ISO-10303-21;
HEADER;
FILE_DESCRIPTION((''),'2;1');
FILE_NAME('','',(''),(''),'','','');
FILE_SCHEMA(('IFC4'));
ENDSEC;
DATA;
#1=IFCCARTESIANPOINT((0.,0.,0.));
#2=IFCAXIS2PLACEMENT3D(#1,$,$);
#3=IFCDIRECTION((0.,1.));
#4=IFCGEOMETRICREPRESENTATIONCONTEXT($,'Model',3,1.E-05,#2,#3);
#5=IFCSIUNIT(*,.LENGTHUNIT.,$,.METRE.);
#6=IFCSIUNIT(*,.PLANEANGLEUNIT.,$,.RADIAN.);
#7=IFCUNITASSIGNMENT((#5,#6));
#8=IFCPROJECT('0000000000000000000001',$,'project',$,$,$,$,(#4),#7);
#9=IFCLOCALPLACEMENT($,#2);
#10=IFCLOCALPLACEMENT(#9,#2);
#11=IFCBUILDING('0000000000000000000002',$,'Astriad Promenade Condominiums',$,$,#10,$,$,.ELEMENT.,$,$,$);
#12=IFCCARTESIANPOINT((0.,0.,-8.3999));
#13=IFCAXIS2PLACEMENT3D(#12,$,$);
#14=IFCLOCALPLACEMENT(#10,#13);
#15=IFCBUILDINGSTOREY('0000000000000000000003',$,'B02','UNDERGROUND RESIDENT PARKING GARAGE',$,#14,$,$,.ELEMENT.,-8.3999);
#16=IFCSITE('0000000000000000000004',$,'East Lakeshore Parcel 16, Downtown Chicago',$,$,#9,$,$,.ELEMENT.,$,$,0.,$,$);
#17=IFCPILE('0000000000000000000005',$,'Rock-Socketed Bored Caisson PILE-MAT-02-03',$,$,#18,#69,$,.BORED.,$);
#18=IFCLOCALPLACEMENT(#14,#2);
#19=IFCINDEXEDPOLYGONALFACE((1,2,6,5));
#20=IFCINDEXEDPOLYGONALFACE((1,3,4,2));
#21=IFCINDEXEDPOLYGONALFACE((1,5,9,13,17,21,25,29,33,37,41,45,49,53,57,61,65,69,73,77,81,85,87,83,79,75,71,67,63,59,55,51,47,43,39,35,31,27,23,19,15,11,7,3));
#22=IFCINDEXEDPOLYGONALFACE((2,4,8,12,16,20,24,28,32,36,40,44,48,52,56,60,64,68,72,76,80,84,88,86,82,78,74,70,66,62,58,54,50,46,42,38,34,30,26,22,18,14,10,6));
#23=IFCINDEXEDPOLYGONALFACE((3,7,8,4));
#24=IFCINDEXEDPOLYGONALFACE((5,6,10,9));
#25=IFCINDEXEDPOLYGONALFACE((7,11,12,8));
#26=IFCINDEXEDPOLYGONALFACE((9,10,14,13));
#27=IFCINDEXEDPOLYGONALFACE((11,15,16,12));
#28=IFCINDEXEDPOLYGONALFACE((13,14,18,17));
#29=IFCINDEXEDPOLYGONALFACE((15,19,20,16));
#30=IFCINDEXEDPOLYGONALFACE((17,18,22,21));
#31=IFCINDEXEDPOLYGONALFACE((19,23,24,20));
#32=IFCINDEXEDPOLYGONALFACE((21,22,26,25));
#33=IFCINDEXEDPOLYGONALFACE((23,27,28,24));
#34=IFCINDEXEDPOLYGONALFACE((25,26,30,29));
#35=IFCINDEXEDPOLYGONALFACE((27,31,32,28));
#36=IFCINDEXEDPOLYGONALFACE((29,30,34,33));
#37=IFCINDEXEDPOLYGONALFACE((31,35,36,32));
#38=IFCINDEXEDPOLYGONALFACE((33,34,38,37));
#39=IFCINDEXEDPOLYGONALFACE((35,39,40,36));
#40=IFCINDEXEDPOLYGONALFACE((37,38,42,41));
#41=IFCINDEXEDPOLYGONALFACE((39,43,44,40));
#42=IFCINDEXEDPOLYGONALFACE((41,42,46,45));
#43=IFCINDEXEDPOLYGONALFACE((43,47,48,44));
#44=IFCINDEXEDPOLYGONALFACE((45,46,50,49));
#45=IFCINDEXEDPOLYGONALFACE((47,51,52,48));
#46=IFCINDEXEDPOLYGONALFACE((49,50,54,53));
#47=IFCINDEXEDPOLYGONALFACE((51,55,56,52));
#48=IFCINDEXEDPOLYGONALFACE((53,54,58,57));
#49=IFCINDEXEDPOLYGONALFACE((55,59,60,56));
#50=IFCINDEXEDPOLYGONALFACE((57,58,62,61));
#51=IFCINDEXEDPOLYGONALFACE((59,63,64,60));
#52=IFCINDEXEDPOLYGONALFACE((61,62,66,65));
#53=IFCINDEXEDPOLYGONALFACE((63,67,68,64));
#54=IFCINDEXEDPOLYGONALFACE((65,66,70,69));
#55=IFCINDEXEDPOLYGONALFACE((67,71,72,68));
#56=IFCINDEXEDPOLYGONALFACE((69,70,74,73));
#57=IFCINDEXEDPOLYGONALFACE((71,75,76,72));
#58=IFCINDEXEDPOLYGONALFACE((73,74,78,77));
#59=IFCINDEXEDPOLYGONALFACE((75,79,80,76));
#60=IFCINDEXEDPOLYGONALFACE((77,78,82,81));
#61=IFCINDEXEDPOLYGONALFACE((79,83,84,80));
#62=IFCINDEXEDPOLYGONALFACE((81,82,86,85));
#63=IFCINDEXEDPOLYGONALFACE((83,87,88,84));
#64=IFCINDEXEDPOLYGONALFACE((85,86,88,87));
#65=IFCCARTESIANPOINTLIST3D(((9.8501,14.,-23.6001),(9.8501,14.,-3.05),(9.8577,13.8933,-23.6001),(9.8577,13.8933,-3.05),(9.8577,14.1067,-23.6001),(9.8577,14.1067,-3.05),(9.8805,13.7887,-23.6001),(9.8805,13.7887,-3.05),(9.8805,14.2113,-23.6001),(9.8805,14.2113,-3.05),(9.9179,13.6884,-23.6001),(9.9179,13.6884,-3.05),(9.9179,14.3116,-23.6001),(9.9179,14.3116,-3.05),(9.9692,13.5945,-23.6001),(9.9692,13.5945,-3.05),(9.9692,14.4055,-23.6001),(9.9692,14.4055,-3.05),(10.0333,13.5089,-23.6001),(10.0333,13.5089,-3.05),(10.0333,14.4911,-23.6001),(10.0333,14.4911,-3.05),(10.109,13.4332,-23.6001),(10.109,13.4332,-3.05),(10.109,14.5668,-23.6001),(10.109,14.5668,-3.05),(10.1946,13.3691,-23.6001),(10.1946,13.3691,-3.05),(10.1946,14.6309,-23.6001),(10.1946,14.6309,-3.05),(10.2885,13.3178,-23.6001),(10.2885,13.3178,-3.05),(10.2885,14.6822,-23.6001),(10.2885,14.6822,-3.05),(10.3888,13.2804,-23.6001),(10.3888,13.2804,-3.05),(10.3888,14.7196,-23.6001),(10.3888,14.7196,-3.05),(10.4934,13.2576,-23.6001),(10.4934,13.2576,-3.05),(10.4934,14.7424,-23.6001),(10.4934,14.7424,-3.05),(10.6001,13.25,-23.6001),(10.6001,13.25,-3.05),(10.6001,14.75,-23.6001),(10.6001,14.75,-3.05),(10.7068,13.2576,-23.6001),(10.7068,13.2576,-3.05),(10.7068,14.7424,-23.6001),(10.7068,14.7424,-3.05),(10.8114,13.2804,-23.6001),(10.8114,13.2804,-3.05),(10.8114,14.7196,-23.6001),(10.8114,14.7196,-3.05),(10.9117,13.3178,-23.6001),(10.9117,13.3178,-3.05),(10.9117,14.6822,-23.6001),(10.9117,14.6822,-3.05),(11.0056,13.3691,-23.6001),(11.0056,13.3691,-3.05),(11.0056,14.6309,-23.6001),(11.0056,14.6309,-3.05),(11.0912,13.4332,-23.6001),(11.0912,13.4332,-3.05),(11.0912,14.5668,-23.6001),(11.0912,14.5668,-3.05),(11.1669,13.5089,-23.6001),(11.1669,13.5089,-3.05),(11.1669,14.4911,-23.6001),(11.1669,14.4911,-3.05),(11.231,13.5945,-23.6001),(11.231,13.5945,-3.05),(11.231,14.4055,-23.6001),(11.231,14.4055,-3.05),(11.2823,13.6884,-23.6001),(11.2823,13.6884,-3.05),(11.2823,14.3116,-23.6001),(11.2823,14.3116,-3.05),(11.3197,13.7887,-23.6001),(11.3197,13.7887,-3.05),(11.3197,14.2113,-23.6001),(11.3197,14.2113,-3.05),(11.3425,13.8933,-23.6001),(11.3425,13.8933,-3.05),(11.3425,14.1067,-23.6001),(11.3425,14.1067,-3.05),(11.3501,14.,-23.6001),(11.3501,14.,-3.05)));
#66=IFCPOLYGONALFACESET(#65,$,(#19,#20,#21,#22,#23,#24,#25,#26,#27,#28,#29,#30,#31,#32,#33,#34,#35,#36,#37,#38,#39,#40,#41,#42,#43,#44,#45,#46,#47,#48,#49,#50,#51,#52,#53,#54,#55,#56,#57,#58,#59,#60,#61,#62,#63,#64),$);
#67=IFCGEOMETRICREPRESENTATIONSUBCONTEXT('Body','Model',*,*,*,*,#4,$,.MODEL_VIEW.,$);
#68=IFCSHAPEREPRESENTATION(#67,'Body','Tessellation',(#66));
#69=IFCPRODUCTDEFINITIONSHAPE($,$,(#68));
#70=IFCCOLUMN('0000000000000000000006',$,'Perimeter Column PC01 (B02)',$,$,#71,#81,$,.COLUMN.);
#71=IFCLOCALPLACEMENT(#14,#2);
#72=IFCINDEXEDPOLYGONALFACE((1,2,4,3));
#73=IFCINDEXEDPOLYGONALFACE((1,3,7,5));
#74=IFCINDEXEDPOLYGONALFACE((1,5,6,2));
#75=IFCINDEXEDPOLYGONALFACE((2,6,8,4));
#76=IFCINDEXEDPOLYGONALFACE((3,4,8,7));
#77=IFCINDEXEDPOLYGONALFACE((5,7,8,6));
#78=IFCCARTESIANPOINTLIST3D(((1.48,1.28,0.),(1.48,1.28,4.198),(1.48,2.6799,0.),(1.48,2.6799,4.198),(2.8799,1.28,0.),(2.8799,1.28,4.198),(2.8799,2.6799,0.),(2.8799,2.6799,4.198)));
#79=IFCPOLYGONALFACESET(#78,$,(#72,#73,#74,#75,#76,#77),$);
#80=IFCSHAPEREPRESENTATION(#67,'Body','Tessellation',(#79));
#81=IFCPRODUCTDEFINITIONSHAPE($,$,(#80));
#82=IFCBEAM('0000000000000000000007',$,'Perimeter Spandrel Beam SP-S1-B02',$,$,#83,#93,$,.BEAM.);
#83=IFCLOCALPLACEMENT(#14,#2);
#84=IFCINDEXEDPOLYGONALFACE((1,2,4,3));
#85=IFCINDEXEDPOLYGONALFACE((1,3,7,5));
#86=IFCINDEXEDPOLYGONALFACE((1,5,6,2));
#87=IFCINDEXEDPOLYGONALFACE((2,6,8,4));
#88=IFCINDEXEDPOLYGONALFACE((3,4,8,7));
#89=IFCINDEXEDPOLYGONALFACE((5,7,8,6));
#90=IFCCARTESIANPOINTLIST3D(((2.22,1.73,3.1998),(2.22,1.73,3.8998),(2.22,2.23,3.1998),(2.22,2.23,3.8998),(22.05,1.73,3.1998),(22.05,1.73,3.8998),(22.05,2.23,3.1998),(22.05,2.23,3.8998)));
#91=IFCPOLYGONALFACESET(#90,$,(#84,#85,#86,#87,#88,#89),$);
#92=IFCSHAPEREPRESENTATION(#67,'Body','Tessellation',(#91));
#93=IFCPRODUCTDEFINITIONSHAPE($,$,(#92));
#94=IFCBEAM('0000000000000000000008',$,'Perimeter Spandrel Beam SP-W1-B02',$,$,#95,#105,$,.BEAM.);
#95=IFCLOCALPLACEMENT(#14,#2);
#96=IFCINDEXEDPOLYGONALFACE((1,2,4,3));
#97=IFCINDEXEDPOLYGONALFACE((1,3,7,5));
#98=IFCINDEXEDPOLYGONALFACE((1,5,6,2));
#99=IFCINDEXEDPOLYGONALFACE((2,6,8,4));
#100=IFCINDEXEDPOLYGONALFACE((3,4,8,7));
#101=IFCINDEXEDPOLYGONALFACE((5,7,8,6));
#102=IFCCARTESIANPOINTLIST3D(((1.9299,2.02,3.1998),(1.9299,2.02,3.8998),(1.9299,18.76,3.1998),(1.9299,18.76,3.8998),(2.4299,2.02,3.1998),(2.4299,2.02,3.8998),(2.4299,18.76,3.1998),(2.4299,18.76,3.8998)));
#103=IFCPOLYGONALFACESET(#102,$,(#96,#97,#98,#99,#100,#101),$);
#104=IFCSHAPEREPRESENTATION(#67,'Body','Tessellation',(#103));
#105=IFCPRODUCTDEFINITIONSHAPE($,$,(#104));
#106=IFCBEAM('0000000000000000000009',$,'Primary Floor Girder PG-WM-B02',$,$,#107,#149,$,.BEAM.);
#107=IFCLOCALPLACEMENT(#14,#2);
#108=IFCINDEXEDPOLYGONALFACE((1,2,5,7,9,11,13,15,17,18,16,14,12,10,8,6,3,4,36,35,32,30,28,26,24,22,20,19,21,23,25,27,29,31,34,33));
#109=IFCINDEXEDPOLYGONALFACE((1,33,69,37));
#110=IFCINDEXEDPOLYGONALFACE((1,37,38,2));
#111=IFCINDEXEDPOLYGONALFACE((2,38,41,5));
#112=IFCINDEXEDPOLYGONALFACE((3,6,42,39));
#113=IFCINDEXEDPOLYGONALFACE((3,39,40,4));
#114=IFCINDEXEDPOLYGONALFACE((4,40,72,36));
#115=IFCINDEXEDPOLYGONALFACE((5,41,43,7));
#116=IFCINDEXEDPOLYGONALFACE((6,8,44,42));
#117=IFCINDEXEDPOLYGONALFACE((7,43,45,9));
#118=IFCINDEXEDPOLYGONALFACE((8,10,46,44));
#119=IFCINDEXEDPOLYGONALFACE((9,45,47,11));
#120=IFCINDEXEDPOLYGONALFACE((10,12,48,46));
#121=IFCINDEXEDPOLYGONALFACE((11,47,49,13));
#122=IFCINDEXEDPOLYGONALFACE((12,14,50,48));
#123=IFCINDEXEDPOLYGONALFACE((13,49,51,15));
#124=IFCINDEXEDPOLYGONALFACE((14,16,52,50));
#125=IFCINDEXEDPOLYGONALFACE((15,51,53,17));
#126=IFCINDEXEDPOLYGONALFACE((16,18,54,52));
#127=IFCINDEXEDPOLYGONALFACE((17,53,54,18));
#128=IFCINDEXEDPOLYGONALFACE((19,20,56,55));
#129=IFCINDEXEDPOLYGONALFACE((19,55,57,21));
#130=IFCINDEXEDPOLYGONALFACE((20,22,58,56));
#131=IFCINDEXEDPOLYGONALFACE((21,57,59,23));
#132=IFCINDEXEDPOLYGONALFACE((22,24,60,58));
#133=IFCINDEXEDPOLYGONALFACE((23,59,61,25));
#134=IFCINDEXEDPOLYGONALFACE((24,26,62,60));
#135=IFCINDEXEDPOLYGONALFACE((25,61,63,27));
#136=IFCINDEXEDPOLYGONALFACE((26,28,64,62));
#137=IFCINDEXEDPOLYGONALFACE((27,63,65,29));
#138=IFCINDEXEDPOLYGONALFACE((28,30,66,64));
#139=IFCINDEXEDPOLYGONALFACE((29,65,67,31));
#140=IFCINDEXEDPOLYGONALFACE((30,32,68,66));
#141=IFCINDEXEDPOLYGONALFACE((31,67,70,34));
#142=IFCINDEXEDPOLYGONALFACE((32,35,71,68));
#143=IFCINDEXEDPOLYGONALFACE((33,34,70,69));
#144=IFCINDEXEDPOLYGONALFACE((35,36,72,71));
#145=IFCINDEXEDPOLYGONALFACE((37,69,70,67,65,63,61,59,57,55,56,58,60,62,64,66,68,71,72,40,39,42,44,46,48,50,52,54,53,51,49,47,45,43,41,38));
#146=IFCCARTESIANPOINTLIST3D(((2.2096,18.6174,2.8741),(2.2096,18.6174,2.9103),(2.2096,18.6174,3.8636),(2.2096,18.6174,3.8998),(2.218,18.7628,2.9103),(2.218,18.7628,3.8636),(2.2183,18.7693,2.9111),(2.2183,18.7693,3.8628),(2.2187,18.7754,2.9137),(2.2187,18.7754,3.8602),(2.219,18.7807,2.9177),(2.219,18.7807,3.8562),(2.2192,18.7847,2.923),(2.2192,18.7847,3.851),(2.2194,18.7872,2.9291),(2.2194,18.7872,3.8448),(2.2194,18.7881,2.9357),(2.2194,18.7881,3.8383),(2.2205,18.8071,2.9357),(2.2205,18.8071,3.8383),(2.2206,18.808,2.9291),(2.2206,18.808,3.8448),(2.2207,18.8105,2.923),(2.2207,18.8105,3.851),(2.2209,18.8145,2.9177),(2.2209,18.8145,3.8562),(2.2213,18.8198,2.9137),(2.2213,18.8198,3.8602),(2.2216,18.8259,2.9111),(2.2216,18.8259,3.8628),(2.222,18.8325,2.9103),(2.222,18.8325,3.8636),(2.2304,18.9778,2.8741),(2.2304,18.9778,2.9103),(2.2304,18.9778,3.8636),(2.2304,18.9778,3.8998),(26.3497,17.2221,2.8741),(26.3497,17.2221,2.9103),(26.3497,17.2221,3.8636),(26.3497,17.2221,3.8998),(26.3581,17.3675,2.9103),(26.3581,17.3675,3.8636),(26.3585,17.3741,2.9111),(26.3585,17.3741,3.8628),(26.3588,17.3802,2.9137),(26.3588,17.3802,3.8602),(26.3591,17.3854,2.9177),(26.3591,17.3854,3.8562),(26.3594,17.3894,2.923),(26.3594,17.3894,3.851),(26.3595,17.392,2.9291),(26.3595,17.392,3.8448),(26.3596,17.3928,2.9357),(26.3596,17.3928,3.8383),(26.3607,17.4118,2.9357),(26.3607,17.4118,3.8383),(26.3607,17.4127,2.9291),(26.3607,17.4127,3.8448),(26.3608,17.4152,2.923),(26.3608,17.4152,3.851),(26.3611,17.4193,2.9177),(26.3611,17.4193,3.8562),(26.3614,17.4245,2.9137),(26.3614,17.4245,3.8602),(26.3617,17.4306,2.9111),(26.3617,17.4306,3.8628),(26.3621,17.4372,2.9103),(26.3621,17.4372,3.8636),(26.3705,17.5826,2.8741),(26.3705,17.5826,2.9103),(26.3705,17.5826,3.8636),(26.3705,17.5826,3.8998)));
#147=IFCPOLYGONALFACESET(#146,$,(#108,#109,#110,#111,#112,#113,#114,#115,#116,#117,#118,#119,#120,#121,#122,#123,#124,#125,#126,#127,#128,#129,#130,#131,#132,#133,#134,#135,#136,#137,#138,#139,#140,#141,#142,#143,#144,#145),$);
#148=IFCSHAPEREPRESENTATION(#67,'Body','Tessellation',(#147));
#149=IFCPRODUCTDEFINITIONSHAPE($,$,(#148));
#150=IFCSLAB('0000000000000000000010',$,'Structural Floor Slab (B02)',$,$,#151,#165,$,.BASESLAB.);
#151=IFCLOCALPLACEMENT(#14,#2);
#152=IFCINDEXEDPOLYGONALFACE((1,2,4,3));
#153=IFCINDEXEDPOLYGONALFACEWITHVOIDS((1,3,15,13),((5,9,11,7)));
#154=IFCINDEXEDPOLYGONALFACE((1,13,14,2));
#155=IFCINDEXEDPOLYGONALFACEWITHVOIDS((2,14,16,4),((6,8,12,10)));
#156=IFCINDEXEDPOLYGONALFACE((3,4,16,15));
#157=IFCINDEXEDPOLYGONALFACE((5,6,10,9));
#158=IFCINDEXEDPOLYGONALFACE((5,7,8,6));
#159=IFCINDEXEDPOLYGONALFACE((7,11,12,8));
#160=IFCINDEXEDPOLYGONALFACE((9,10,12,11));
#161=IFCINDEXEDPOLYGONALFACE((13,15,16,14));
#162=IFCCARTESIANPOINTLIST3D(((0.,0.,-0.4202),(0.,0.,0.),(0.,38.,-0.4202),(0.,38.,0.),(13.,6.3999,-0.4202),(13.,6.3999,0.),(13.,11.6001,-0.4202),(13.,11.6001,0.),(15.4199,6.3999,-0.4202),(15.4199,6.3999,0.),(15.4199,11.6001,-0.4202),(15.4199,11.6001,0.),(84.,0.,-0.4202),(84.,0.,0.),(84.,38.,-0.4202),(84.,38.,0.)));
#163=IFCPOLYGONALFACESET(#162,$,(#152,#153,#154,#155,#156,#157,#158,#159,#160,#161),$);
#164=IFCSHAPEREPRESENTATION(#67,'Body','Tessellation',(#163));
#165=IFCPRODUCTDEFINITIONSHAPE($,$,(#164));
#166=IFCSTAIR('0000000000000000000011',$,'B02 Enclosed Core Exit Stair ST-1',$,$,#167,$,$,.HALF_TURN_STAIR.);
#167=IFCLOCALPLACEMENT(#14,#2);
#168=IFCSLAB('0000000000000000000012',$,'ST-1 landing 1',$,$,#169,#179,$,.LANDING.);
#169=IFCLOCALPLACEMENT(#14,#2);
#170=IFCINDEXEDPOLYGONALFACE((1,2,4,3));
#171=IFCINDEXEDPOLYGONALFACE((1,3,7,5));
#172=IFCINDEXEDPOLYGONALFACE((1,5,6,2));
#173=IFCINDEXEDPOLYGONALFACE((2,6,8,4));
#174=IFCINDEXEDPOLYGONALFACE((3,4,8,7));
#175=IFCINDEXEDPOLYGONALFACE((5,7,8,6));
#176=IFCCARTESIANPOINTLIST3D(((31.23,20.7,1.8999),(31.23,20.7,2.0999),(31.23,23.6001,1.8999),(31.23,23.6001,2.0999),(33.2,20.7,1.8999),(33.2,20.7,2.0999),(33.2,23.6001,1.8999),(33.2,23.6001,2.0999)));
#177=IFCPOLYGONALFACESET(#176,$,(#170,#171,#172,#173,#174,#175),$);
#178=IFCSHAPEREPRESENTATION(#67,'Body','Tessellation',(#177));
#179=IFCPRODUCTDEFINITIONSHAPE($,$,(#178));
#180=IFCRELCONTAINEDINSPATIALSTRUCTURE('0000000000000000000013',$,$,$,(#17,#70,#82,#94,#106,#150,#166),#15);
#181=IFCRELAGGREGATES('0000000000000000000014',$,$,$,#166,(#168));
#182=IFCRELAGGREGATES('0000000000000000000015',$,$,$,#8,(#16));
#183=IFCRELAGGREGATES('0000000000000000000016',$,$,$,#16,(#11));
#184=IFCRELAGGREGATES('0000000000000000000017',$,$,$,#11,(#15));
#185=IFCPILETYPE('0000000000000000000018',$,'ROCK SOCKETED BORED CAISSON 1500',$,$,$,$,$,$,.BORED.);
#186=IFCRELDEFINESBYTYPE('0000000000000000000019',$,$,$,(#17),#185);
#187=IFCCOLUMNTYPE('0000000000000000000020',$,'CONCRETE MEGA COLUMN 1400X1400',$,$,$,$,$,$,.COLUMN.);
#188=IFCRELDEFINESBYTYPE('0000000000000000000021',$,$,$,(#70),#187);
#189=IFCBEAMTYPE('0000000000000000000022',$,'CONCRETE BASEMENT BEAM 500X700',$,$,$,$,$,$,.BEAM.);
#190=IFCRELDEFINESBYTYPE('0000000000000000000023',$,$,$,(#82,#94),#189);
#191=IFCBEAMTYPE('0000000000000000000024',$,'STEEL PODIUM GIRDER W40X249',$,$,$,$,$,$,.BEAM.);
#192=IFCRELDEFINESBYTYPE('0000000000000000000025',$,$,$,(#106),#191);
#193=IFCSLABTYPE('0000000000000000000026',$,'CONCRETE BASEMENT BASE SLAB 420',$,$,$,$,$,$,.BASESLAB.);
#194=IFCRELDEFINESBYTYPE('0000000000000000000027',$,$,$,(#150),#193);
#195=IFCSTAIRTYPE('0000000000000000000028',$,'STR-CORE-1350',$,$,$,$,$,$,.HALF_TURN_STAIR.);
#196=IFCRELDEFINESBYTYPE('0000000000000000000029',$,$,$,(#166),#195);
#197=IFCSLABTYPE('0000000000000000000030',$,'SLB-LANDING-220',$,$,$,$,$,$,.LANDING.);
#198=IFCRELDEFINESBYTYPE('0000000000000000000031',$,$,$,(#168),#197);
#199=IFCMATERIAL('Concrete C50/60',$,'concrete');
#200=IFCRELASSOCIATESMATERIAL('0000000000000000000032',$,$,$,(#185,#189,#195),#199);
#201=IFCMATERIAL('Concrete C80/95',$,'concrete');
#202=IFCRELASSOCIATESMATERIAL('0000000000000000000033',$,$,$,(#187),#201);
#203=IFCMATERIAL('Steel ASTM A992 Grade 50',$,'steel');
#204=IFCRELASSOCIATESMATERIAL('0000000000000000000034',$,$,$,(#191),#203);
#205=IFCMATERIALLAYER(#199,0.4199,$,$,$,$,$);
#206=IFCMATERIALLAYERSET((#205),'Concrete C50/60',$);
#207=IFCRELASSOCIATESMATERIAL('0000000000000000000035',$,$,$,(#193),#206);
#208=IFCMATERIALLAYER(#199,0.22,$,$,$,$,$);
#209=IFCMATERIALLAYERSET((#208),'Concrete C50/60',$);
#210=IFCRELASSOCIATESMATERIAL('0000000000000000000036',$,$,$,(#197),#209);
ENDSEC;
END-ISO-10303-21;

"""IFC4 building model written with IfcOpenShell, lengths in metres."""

from ifc_helpers import new_model, si_unit, direction, frame, origin, origin_2d, place, context, subcontext, project, spatial, polyline, rectangle, circle, i_section, outline, extrude, source, transform, mapped, material, layer, layer_set, material_profile, profile_set, type_object, type_shapes, element, aggregate, save


model = new_model("IFC4")

# Units and contexts
model_context = context("Model", 3, precision=1e-05, world=origin(), true_north=direction((0.0, 1.0)))
body_context = subcontext(model_context, "Body", "Model", "MODEL_VIEW")
ifc_project = project(units=[si_unit("LENGTHUNIT", "METRE"), si_unit("PLANEANGLEUNIT", "RADIAN")], contexts=[model_context])

# Site, building, storey
site_placement = place(None, origin())
site = spatial("IfcSite", under=ifc_project, at=site_placement, Name="East Lakeshore Parcel 16, Downtown Chicago", CompositionType="ELEMENT", RefElevation=0.0)
building_placement = place(site_placement, origin())
building = spatial("IfcBuilding", under=site, at=building_placement, Name="Astriad Promenade Condominiums", CompositionType="ELEMENT")
storey_placement = place(building_placement, frame((0.0, 0.0, -8.3999)))
storey = spatial("IfcBuildingStorey", under=building, at=storey_placement, Name="B02", Description="UNDERGROUND RESIDENT PARKING GARAGE", CompositionType="ELEMENT", Elevation=-8.3999)

# Pile
ifc_material_1 = material(Name="Concrete C50/60", Category="concrete")
ifc_material_profile_1 = material_profile(ifc_material_1, circle(Radius=0.75, at=origin_2d()), Name="CAISSON-D1500")
ifc_profile_set_1 = profile_set([ifc_material_profile_1], Name="Concrete C50/60")
pile_type = type_object("IfcPileType", Name="ROCK SOCKETED BORED CAISSON 1500", PredefinedType="BORED", material=ifc_profile_set_1)
shared_shape_1 = source(origin(), body_context, "Body", "SweptSolid", [
    extrude(circle(Radius=0.75, at=origin_2d()), origin(), (0.0, 0.0, 1.0), 20.55),
])
type_shapes(pile_type, [shared_shape_1])
for number, where, z_axis, x_axis, name in (
    (1, (10.6001, 14.0, -3.05), (0.0, 0.0, -1.0), (1.0, 0.0, 0.0), "Rock-Socketed Bored Caisson PILE-MAT-02-03"),
):
    element("IfcPile", number, at=place(storey_placement, frame(where, z_axis=z_axis, x_axis=x_axis)), inside=storey, type_object=pile_type, Name=name, PredefinedType="BORED", context=body_context, shape_type="MappedRepresentation", body=[
        mapped(shared_shape_1, transform((0.0, 0.0, 0.0), scale=1.0)),
    ])

# Column
ifc_material_2 = material(Name="Concrete C80/95", Category="concrete")
ifc_material_profile_2 = material_profile(ifc_material_2, rectangle(XDim=1.3999, YDim=1.3999, at=origin_2d()), Name="RC-COL-1400X1400")
ifc_profile_set_2 = profile_set([ifc_material_profile_2], Name="Concrete C80/95")
column_type = type_object("IfcColumnType", Name="CONCRETE MEGA COLUMN 1400X1400", PredefinedType="COLUMN", material=ifc_profile_set_2)
shared_shape_2 = source(origin(), body_context, "Body", "SweptSolid", [
    extrude(rectangle(XDim=1.3999, YDim=1.3999, at=origin_2d()), origin(), (0.0, 0.0, 1.0), 4.198),
])
type_shapes(column_type, [shared_shape_2])
column_placement = place(storey_placement, frame((2.1799, 1.98, 0.0), z_axis=(0.0, 0.0, 1.0), x_axis=(1.0, 0.0, 0.0)))
element("IfcColumn", 2, at=column_placement, inside=storey, type_object=column_type, Name="Perimeter Column PC01 (B02)", PredefinedType="COLUMN", context=body_context, shape_type="MappedRepresentation", body=[
    mapped(shared_shape_2, transform((0.0, 0.0, 0.0), scale=1.0)),
])

# Beams
ifc_material_profile_3 = material_profile(ifc_material_1, rectangle(XDim=0.5, YDim=0.7, at=origin_2d()), Name="RC-BM-500X700")
ifc_profile_set_3 = profile_set([ifc_material_profile_3], Name="Concrete C50/60")
beam_type_1 = type_object("IfcBeamType", Name="CONCRETE BASEMENT BEAM 500X700", PredefinedType="BEAM", material=ifc_profile_set_3)
shared_shape_3 = source(origin(), body_context, "Body", "SweptSolid", [
    extrude(rectangle(XDim=0.5, YDim=0.7, at=origin_2d()), origin(), (0.0, 0.0, 1.0), 19.8301),
])
beam_1_placement = place(storey_placement, frame((2.22, 1.98, 3.5498), z_axis=(1.0, 0.0, 0.0), x_axis=(0.0, 1.0, 0.0)))
element("IfcBeam", 3, at=beam_1_placement, inside=storey, type_object=beam_type_1, Name="Perimeter Spandrel Beam SP-S1-B02", PredefinedType="BEAM", context=body_context, shape_type="MappedRepresentation", body=[
    mapped(shared_shape_3, transform((0.0, 0.0, 0.0), scale=1.0)),
])
shared_shape_4 = source(origin(), body_context, "Body", "SweptSolid", [
    extrude(rectangle(XDim=0.5, YDim=0.7, at=origin_2d()), origin(), (0.0, 0.0, 1.0), 16.74),
])
type_shapes(beam_type_1, [shared_shape_3, shared_shape_4])
beam_2_placement = place(storey_placement, frame((2.1799, 18.76, 3.5498), z_axis=(0.0, -1.0, 0.0), x_axis=(1.0, 0.0, 0.0)))
element("IfcBeam", 4, at=beam_2_placement, inside=storey, type_object=beam_type_1, Name="Perimeter Spandrel Beam SP-W1-B02", PredefinedType="BEAM", context=body_context, shape_type="MappedRepresentation", body=[
    mapped(shared_shape_4, transform((0.0, 0.0, 0.0), scale=1.0)),
])
ifc_material_3 = material(Name="Steel ASTM A992 Grade 50", Category="steel")
ifc_material_profile_4 = material_profile(ifc_material_3, i_section(OverallWidth=0.3611, OverallDepth=1.0256, WebThickness=0.019, FlangeThickness=0.0361, FilletRadius=0.0254, at=origin_2d()), Name="W40X249")
ifc_profile_set_4 = profile_set([ifc_material_profile_4], Name="Steel ASTM A992 Grade 50")
beam_type_2 = type_object("IfcBeamType", Name="STEEL PODIUM GIRDER W40X249", PredefinedType="BEAM", material=ifc_profile_set_4)
shared_shape_5 = source(origin(), body_context, "Body", "SweptSolid", [
    extrude(i_section(OverallWidth=0.3611, OverallDepth=1.0256, WebThickness=0.019, FlangeThickness=0.0361, FilletRadius=0.0254, at=origin_2d()), origin(), (0.0, 0.0, 1.0), 24.1804),
])
type_shapes(beam_type_2, [shared_shape_5])
beam_3_placement = place(storey_placement, frame((2.22, 18.7976, 3.387), z_axis=(0.998334, -0.057702, 0.0), x_axis=(0.057702, 0.998334, 0.0)))
element("IfcBeam", 5, at=beam_3_placement, inside=storey, type_object=beam_type_2, Name="Primary Floor Girder PG-WM-B02", PredefinedType="BEAM", context=body_context, shape_type="MappedRepresentation", body=[
    mapped(shared_shape_5, transform((0.0, 0.0, 0.0), scale=1.0)),
])

# Slab
ifc_layer_1 = layer(ifc_material_1, 0.4199)
ifc_layer_set_1 = layer_set([ifc_layer_1], Name="Concrete C50/60")
slab_type_1 = type_object("IfcSlabType", Name="CONCRETE BASEMENT BASE SLAB 420", PredefinedType="BASESLAB", material=ifc_layer_set_1)
slab_1_placement = place(storey_placement, frame((0.0, 0.0, -0.4202)))
element("IfcSlab", 6, at=slab_1_placement, inside=storey, type_object=slab_type_1, Name="Structural Floor Slab (B02)", PredefinedType="BASESLAB", context=body_context, shape_type="SweptSolid", body=[
    extrude(outline(polyline([(0.0, 0.0), (84.0, 0.0), (84.0, 38.0), (0.0, 38.0), (0.0, 0.0)]), holes=[polyline([(13.0, 6.3999), (15.4199, 6.3999), (15.4199, 11.6001), (13.0, 11.6001), (13.0, 6.3999)])]), origin(), (0.0, 0.0, 1.0), 0.4202),
])

# Stair, slab
stair_type = type_object("IfcStairType", Name="STR-CORE-1350", PredefinedType="HALF_TURN_STAIR", material=ifc_material_1)
stair_1_placement = place(storey_placement, origin())
stair_1 = element("IfcStair", 7, at=stair_1_placement, inside=storey, type_object=stair_type, Name="B02 Enclosed Core Exit Stair ST-1", PredefinedType="HALF_TURN_STAIR")
ifc_layer_2 = layer(ifc_material_1, 0.22)
ifc_layer_set_2 = layer_set([ifc_layer_2], Name="Concrete C50/60")
slab_type_2 = type_object("IfcSlabType", Name="SLB-LANDING-220", PredefinedType="LANDING", material=ifc_layer_set_2)
slab_2_placement = place(storey_placement, frame((0.0, 0.0, 1.8999)))
slab_2 = element("IfcSlab", 8, at=slab_2_placement, type_object=slab_type_2, Name="ST-1 landing 1", PredefinedType="LANDING", context=body_context, shape_type="SweptSolid", body=[
    extrude(outline(polyline([(31.23, 20.7), (33.2, 20.7), (33.2, 23.6001), (31.23, 23.6001), (31.23, 20.7)])), origin(), (0.0, 0.0, 1.0), 0.2),
])
aggregate(stair_1, [slab_2])

save(model, "model.ifc")
